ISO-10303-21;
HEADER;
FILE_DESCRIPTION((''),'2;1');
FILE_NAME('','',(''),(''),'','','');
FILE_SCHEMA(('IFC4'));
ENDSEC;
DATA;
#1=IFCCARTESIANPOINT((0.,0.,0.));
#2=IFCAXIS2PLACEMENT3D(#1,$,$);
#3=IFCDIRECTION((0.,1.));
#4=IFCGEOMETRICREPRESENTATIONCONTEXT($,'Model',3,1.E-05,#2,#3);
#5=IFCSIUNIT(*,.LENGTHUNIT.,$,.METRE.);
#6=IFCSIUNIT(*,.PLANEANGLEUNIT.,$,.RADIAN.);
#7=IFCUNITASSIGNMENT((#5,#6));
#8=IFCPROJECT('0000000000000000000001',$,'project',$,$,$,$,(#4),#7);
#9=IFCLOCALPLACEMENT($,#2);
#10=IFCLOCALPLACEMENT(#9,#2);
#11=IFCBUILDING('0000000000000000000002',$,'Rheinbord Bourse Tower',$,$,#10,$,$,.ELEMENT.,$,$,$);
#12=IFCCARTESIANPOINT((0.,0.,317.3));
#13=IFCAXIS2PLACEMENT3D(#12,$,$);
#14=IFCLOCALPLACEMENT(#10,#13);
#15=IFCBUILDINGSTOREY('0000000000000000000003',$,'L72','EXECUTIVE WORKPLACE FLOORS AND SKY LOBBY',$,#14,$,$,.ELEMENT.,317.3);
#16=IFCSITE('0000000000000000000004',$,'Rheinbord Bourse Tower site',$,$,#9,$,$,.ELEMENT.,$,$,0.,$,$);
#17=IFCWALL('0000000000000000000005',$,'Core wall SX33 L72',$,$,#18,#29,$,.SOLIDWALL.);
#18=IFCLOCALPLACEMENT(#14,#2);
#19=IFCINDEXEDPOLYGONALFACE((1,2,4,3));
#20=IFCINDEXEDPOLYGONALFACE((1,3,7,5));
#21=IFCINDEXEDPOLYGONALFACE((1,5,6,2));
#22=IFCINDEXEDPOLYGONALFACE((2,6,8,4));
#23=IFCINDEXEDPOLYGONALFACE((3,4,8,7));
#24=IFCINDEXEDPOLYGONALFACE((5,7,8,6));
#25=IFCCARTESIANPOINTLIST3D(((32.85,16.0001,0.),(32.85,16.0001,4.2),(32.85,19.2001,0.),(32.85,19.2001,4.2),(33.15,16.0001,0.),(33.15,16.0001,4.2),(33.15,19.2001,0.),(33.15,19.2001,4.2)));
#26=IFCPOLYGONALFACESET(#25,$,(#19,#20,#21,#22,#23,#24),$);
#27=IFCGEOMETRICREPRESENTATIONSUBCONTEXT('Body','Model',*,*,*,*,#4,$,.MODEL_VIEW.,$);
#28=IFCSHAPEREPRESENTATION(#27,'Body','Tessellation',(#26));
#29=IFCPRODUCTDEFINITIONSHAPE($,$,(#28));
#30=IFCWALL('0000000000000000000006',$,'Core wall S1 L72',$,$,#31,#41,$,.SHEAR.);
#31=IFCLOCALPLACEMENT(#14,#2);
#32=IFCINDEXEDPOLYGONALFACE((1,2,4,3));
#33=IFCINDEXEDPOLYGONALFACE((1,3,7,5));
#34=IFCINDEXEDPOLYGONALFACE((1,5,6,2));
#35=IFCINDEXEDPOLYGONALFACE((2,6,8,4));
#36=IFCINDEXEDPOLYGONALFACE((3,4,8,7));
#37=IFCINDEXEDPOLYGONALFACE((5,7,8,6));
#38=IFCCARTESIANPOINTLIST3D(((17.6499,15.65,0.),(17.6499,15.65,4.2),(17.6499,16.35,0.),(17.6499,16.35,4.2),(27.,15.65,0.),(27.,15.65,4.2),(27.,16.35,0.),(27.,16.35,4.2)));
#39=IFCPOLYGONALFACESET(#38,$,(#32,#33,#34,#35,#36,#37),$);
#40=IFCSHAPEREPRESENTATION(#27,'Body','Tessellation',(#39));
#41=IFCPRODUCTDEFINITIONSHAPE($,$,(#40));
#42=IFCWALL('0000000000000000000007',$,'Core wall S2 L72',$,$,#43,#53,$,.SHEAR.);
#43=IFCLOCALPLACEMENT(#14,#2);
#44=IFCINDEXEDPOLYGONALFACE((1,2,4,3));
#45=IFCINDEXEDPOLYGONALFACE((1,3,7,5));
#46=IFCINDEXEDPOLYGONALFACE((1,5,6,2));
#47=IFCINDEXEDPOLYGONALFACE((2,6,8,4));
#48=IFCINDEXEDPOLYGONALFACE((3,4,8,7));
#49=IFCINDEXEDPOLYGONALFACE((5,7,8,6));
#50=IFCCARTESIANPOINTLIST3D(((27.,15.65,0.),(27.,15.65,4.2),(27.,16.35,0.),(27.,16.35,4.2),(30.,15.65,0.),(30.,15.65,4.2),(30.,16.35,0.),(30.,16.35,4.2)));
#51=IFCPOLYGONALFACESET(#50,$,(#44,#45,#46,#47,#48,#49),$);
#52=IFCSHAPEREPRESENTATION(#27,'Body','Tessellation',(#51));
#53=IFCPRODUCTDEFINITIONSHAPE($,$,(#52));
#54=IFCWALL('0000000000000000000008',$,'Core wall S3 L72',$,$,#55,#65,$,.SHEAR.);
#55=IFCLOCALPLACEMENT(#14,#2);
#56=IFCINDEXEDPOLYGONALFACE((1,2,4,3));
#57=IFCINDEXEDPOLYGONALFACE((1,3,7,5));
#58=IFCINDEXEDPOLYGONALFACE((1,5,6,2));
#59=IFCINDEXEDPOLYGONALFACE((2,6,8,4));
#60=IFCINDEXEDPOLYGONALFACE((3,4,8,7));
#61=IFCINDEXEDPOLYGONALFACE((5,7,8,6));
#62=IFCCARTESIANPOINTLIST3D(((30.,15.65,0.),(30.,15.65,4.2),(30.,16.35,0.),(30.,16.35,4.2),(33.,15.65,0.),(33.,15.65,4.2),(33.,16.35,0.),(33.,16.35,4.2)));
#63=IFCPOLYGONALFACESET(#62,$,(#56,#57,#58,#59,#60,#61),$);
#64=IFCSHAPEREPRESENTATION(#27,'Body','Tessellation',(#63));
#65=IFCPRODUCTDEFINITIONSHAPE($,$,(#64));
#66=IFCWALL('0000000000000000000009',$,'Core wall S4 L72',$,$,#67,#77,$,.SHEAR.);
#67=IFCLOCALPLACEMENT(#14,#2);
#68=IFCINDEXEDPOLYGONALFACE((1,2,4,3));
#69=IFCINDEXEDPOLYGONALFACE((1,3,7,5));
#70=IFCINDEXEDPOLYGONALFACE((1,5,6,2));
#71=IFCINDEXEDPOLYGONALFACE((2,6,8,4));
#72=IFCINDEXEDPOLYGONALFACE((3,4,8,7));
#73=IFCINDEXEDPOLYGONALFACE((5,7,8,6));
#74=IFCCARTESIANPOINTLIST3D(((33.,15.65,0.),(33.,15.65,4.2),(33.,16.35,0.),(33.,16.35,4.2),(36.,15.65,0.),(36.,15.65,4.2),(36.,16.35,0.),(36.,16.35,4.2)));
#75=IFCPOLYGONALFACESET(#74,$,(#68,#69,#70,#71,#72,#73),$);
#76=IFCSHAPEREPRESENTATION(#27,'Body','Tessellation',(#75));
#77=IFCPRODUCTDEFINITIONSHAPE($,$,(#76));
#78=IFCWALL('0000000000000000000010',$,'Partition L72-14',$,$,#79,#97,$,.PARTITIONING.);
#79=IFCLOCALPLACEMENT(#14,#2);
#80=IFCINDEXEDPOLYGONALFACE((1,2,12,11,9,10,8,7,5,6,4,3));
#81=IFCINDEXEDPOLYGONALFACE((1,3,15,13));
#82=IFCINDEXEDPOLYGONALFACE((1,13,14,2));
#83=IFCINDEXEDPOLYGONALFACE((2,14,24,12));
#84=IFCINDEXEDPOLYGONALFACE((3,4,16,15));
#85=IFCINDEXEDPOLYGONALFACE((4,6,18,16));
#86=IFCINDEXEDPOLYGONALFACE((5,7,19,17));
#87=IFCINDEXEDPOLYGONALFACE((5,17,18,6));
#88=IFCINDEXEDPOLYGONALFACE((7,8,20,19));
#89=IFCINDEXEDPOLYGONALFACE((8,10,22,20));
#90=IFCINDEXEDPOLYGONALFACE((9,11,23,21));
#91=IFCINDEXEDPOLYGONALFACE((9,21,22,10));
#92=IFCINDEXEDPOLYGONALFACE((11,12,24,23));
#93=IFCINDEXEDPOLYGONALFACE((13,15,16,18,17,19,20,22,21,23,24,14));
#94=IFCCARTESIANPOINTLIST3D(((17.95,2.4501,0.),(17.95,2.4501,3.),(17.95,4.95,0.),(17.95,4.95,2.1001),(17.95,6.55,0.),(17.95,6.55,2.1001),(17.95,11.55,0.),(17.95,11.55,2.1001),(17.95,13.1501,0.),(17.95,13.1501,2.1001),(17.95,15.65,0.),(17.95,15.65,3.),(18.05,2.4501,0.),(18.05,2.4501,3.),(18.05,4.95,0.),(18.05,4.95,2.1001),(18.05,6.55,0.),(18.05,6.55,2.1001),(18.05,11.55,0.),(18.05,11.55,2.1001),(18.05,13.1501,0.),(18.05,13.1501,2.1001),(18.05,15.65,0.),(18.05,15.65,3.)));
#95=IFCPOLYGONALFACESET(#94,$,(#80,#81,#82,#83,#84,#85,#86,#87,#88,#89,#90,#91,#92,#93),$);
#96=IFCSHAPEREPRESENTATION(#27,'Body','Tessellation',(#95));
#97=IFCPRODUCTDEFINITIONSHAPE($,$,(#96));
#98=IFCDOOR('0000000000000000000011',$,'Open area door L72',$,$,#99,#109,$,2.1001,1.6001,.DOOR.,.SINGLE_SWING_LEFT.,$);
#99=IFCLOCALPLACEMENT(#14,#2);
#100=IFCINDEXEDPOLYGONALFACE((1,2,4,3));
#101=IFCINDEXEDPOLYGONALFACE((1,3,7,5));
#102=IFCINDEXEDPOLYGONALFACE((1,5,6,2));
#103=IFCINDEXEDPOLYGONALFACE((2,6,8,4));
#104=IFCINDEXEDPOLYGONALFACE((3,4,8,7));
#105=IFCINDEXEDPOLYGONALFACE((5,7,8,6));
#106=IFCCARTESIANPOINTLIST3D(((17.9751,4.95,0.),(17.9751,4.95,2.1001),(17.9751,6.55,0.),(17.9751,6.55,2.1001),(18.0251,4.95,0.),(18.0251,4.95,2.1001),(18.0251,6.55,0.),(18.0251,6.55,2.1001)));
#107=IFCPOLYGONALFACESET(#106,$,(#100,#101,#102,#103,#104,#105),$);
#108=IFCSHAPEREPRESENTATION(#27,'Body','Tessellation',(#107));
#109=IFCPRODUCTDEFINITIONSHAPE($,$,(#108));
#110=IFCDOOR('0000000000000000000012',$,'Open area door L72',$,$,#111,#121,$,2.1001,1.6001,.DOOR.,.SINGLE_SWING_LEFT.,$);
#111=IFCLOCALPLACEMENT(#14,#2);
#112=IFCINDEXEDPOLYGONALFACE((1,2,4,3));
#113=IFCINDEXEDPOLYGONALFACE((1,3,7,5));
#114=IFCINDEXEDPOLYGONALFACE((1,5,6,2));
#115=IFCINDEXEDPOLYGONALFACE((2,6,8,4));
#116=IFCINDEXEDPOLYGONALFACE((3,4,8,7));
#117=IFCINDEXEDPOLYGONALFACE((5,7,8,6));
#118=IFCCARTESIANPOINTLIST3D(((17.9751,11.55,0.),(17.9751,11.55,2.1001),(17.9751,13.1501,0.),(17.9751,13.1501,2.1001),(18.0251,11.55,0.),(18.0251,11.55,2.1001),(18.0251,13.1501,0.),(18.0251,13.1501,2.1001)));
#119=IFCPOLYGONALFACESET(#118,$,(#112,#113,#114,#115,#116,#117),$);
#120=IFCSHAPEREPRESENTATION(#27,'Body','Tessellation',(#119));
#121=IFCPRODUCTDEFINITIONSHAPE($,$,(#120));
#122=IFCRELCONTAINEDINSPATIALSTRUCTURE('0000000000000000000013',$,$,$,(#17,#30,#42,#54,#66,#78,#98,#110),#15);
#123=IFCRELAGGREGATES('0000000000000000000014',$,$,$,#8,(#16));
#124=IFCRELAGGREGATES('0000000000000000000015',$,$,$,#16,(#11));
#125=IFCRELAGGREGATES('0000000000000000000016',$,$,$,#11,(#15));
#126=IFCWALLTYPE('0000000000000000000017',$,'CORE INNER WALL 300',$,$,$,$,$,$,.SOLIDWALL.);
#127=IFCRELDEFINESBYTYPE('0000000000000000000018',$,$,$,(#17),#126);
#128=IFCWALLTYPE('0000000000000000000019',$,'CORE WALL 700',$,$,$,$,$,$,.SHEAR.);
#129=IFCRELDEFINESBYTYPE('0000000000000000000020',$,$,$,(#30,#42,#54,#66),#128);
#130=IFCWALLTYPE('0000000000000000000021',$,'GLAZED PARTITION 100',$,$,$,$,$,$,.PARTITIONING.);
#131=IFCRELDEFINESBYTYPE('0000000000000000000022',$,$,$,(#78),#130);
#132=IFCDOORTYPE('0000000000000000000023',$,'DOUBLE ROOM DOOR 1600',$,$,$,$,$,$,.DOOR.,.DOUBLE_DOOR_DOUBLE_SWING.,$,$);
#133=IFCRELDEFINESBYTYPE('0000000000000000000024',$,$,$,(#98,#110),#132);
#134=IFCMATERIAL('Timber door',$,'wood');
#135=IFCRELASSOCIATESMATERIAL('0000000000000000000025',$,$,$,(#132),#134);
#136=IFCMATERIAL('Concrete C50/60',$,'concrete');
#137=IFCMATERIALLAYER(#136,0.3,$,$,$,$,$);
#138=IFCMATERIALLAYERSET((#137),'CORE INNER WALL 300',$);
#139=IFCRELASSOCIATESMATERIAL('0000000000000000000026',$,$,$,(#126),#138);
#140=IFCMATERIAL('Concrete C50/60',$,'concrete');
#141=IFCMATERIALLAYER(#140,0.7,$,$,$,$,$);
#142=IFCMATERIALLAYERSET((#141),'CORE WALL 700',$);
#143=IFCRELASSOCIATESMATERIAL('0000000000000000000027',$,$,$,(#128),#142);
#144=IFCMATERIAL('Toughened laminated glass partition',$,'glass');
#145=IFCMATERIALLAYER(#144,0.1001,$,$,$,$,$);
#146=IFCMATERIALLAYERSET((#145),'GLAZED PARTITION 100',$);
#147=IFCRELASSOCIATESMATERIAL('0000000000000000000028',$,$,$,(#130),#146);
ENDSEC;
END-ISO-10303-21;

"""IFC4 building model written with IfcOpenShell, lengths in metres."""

from ifc_helpers import new_model, si_unit, direction, frame, frame_2d, origin, place, context, subcontext, project, spatial, rectangle, extrude, material, layer, layer_set, type_object, element, fill, save


model = new_model("IFC4")

# Units and contexts
model_context = context("Model", 3, precision=1e-05, world=origin(), true_north=direction((0.0, 1.0)))
body_context = subcontext(model_context, "Body", "Model", "MODEL_VIEW")
ifc_project = project(units=[si_unit("LENGTHUNIT", "METRE"), si_unit("PLANEANGLEUNIT", "RADIAN")], contexts=[model_context])

# Site, building, storey
site_placement = place(None, origin())
site = spatial("IfcSite", under=ifc_project, at=site_placement, Name="Rheinbord Bourse Tower site", CompositionType="ELEMENT", RefElevation=0.0)
building_placement = place(site_placement, origin())
building = spatial("IfcBuilding", under=site, at=building_placement, Name="Rheinbord Bourse Tower", CompositionType="ELEMENT")
storey_placement = place(building_placement, frame((0.0, 0.0, 317.3)))
storey = spatial("IfcBuildingStorey", under=building, at=storey_placement, Name="L72", Description="EXECUTIVE WORKPLACE FLOORS AND SKY LOBBY", CompositionType="ELEMENT", Elevation=317.3)

# Shared definitions
ifc_material_1 = material(Name="Timber door", Category="wood")
door_type = type_object("IfcDoorType", Name="DOUBLE ROOM DOOR 1600", OperationType="DOUBLE_DOOR_DOUBLE_SWING", PredefinedType="DOOR", material=ifc_material_1)

# Walls
ifc_material_2 = material(Name="Concrete C50/60", Category="concrete")
ifc_layer_1 = layer(ifc_material_2, 0.3)
ifc_layer_set_1 = layer_set([ifc_layer_1], Name="CORE INNER WALL 300")
wall_type_1 = type_object("IfcWallType", Name="CORE INNER WALL 300", PredefinedType="SOLIDWALL", material=ifc_layer_set_1)
for number, where, z_axis, x_axis, name in (
    (1, (33.0, 16.0, 0.0), (0.0, 0.0, 1.0), (0.0, 1.0, 0.0), "Core wall SX33 L72"),
):
    element("IfcWall", number, at=place(storey_placement, frame(where, z_axis=z_axis, x_axis=x_axis)), inside=storey, type_object=wall_type_1, Name=name, PredefinedType="SOLIDWALL", context=body_context, shape_type="SweptSolid", body=[
        extrude(rectangle(XDim=3.2, YDim=0.3, at=frame_2d((1.6001, 0.0))), origin(), (0.0, 0.0, 1.0), 4.2),
    ])
ifc_material_3 = material(Name="Concrete C50/60", Category="concrete")
ifc_layer_2 = layer(ifc_material_3, 0.7)
ifc_layer_set_2 = layer_set([ifc_layer_2], Name="CORE WALL 700")
wall_type_2 = type_object("IfcWallType", Name="CORE WALL 700", PredefinedType="SHEAR", material=ifc_layer_set_2)
wall_1_placement = place(storey_placement, frame((17.6499, 16.0, 0.0), z_axis=(0.0, 0.0, 1.0), x_axis=(1.0, 0.0, 0.0)))
element("IfcWall", 2, at=wall_1_placement, inside=storey, type_object=wall_type_2, Name="Core wall S1 L72", PredefinedType="SHEAR", context=body_context, shape_type="SweptSolid", body=[
    extrude(rectangle(XDim=9.3501, YDim=0.7, at=frame_2d((4.675, 0.0))), origin(), (0.0, 0.0, 1.0), 4.2),
])
for number, where, z_axis, x_axis, name in (
    (3, (27.0, 16.0, 0.0), (0.0, 0.0, 1.0), (1.0, 0.0, 0.0), "Core wall S2 L72"),
    (4, (30.0, 16.0, 0.0), (0.0, 0.0, 1.0), (1.0, 0.0, 0.0), "Core wall S3 L72"),
    (5, (33.0, 16.0, 0.0), (0.0, 0.0, 1.0), (1.0, 0.0, 0.0), "Core wall S4 L72"),
):
    element("IfcWall", number, at=place(storey_placement, frame(where, z_axis=z_axis, x_axis=x_axis)), inside=storey, type_object=wall_type_2, Name=name, PredefinedType="SHEAR", context=body_context, shape_type="SweptSolid", body=[
        extrude(rectangle(XDim=3.0, YDim=0.7, at=frame_2d((1.5, 0.0))), origin(), (0.0, 0.0, 1.0), 4.2),
    ])

# Wall, openings, doors
ifc_material_4 = material(Name="Toughened laminated glass partition", Category="glass")
ifc_layer_3 = layer(ifc_material_4, 0.1001)
ifc_layer_set_3 = layer_set([ifc_layer_3], Name="GLAZED PARTITION 100")
wall_type_3 = type_object("IfcWallType", Name="GLAZED PARTITION 100", PredefinedType="PARTITIONING", material=ifc_layer_set_3)
wall_2_placement = place(storey_placement, frame((18.0, 2.45, 0.0), z_axis=(0.0, 0.0, 1.0), x_axis=(0.0, 1.0, 0.0)))
wall_2 = element("IfcWall", 6, at=wall_2_placement, inside=storey, type_object=wall_type_3, Name="Partition L72-14", PredefinedType="PARTITIONING", context=body_context, shape_type="SweptSolid", body=[
    extrude(rectangle(XDim=13.2, YDim=0.1001, at=frame_2d((6.6001, 0.0))), origin(), (0.0, 0.0, 1.0), 3.0),
])
opening_1_placement = place(wall_2_placement, frame((2.5, 0.0, 0.0)))
opening_1 = element("IfcOpeningElement", 7, at=opening_1_placement, cuts=wall_2, PredefinedType="OPENING", context=body_context, shape_type="SweptSolid", body=[
    extrude(rectangle(XDim=1.6001, YDim=2.1001, at=frame_2d((0.8, 1.05))), frame((0.0, 0.0601, 0.0), z_axis=(0.0, -1.0, 0.0), x_axis=(1.0, 0.0, 0.0)), (0.0, 0.0, 1.0), 0.1201),
])
opening_2_placement = place(wall_2_placement, frame((9.1001, 0.0, 0.0)))
opening_2 = element("IfcOpeningElement", 8, at=opening_2_placement, cuts=wall_2, PredefinedType="OPENING", context=body_context, shape_type="SweptSolid", body=[
    extrude(rectangle(XDim=1.6001, YDim=2.1001, at=frame_2d((0.8, 1.05))), frame((0.0, 0.0601, 0.0), z_axis=(0.0, -1.0, 0.0), x_axis=(1.0, 0.0, 0.0)), (0.0, 0.0, 1.0), 0.1201),
])
door_1_placement = place(opening_1_placement, origin())
door_1 = element("IfcDoor", 9, at=door_1_placement, inside=storey, type_object=door_type, Name="Open area door L72", OperationType="SINGLE_SWING_LEFT", OverallHeight=2.1001, OverallWidth=1.6001, PredefinedType="DOOR", context=body_context, shape_type="SweptSolid", body=[
    extrude(rectangle(XDim=1.6001, YDim=2.1001, at=frame_2d((0.8, 1.05))), frame((0.0, 0.0249, 0.0), z_axis=(0.0, -1.0, 0.0), x_axis=(1.0, 0.0, 0.0)), (0.0, 0.0, 1.0), 0.05),
])
fill(opening_1, door_1)
door_2_placement = place(opening_2_placement, origin())
door_2 = element("IfcDoor", 10, at=door_2_placement, inside=storey, type_object=door_type, Name="Open area door L72", OperationType="SINGLE_SWING_LEFT", OverallHeight=2.1001, OverallWidth=1.6001, PredefinedType="DOOR", context=body_context, shape_type="SweptSolid", body=[
    extrude(rectangle(XDim=1.6001, YDim=2.1001, at=frame_2d((0.8, 1.05))), frame((0.0, 0.0249, 0.0), z_axis=(0.0, -1.0, 0.0), x_axis=(1.0, 0.0, 0.0)), (0.0, 0.0, 1.0), 0.05),
])
fill(opening_2, door_2)

save(model, "model.ifc")
